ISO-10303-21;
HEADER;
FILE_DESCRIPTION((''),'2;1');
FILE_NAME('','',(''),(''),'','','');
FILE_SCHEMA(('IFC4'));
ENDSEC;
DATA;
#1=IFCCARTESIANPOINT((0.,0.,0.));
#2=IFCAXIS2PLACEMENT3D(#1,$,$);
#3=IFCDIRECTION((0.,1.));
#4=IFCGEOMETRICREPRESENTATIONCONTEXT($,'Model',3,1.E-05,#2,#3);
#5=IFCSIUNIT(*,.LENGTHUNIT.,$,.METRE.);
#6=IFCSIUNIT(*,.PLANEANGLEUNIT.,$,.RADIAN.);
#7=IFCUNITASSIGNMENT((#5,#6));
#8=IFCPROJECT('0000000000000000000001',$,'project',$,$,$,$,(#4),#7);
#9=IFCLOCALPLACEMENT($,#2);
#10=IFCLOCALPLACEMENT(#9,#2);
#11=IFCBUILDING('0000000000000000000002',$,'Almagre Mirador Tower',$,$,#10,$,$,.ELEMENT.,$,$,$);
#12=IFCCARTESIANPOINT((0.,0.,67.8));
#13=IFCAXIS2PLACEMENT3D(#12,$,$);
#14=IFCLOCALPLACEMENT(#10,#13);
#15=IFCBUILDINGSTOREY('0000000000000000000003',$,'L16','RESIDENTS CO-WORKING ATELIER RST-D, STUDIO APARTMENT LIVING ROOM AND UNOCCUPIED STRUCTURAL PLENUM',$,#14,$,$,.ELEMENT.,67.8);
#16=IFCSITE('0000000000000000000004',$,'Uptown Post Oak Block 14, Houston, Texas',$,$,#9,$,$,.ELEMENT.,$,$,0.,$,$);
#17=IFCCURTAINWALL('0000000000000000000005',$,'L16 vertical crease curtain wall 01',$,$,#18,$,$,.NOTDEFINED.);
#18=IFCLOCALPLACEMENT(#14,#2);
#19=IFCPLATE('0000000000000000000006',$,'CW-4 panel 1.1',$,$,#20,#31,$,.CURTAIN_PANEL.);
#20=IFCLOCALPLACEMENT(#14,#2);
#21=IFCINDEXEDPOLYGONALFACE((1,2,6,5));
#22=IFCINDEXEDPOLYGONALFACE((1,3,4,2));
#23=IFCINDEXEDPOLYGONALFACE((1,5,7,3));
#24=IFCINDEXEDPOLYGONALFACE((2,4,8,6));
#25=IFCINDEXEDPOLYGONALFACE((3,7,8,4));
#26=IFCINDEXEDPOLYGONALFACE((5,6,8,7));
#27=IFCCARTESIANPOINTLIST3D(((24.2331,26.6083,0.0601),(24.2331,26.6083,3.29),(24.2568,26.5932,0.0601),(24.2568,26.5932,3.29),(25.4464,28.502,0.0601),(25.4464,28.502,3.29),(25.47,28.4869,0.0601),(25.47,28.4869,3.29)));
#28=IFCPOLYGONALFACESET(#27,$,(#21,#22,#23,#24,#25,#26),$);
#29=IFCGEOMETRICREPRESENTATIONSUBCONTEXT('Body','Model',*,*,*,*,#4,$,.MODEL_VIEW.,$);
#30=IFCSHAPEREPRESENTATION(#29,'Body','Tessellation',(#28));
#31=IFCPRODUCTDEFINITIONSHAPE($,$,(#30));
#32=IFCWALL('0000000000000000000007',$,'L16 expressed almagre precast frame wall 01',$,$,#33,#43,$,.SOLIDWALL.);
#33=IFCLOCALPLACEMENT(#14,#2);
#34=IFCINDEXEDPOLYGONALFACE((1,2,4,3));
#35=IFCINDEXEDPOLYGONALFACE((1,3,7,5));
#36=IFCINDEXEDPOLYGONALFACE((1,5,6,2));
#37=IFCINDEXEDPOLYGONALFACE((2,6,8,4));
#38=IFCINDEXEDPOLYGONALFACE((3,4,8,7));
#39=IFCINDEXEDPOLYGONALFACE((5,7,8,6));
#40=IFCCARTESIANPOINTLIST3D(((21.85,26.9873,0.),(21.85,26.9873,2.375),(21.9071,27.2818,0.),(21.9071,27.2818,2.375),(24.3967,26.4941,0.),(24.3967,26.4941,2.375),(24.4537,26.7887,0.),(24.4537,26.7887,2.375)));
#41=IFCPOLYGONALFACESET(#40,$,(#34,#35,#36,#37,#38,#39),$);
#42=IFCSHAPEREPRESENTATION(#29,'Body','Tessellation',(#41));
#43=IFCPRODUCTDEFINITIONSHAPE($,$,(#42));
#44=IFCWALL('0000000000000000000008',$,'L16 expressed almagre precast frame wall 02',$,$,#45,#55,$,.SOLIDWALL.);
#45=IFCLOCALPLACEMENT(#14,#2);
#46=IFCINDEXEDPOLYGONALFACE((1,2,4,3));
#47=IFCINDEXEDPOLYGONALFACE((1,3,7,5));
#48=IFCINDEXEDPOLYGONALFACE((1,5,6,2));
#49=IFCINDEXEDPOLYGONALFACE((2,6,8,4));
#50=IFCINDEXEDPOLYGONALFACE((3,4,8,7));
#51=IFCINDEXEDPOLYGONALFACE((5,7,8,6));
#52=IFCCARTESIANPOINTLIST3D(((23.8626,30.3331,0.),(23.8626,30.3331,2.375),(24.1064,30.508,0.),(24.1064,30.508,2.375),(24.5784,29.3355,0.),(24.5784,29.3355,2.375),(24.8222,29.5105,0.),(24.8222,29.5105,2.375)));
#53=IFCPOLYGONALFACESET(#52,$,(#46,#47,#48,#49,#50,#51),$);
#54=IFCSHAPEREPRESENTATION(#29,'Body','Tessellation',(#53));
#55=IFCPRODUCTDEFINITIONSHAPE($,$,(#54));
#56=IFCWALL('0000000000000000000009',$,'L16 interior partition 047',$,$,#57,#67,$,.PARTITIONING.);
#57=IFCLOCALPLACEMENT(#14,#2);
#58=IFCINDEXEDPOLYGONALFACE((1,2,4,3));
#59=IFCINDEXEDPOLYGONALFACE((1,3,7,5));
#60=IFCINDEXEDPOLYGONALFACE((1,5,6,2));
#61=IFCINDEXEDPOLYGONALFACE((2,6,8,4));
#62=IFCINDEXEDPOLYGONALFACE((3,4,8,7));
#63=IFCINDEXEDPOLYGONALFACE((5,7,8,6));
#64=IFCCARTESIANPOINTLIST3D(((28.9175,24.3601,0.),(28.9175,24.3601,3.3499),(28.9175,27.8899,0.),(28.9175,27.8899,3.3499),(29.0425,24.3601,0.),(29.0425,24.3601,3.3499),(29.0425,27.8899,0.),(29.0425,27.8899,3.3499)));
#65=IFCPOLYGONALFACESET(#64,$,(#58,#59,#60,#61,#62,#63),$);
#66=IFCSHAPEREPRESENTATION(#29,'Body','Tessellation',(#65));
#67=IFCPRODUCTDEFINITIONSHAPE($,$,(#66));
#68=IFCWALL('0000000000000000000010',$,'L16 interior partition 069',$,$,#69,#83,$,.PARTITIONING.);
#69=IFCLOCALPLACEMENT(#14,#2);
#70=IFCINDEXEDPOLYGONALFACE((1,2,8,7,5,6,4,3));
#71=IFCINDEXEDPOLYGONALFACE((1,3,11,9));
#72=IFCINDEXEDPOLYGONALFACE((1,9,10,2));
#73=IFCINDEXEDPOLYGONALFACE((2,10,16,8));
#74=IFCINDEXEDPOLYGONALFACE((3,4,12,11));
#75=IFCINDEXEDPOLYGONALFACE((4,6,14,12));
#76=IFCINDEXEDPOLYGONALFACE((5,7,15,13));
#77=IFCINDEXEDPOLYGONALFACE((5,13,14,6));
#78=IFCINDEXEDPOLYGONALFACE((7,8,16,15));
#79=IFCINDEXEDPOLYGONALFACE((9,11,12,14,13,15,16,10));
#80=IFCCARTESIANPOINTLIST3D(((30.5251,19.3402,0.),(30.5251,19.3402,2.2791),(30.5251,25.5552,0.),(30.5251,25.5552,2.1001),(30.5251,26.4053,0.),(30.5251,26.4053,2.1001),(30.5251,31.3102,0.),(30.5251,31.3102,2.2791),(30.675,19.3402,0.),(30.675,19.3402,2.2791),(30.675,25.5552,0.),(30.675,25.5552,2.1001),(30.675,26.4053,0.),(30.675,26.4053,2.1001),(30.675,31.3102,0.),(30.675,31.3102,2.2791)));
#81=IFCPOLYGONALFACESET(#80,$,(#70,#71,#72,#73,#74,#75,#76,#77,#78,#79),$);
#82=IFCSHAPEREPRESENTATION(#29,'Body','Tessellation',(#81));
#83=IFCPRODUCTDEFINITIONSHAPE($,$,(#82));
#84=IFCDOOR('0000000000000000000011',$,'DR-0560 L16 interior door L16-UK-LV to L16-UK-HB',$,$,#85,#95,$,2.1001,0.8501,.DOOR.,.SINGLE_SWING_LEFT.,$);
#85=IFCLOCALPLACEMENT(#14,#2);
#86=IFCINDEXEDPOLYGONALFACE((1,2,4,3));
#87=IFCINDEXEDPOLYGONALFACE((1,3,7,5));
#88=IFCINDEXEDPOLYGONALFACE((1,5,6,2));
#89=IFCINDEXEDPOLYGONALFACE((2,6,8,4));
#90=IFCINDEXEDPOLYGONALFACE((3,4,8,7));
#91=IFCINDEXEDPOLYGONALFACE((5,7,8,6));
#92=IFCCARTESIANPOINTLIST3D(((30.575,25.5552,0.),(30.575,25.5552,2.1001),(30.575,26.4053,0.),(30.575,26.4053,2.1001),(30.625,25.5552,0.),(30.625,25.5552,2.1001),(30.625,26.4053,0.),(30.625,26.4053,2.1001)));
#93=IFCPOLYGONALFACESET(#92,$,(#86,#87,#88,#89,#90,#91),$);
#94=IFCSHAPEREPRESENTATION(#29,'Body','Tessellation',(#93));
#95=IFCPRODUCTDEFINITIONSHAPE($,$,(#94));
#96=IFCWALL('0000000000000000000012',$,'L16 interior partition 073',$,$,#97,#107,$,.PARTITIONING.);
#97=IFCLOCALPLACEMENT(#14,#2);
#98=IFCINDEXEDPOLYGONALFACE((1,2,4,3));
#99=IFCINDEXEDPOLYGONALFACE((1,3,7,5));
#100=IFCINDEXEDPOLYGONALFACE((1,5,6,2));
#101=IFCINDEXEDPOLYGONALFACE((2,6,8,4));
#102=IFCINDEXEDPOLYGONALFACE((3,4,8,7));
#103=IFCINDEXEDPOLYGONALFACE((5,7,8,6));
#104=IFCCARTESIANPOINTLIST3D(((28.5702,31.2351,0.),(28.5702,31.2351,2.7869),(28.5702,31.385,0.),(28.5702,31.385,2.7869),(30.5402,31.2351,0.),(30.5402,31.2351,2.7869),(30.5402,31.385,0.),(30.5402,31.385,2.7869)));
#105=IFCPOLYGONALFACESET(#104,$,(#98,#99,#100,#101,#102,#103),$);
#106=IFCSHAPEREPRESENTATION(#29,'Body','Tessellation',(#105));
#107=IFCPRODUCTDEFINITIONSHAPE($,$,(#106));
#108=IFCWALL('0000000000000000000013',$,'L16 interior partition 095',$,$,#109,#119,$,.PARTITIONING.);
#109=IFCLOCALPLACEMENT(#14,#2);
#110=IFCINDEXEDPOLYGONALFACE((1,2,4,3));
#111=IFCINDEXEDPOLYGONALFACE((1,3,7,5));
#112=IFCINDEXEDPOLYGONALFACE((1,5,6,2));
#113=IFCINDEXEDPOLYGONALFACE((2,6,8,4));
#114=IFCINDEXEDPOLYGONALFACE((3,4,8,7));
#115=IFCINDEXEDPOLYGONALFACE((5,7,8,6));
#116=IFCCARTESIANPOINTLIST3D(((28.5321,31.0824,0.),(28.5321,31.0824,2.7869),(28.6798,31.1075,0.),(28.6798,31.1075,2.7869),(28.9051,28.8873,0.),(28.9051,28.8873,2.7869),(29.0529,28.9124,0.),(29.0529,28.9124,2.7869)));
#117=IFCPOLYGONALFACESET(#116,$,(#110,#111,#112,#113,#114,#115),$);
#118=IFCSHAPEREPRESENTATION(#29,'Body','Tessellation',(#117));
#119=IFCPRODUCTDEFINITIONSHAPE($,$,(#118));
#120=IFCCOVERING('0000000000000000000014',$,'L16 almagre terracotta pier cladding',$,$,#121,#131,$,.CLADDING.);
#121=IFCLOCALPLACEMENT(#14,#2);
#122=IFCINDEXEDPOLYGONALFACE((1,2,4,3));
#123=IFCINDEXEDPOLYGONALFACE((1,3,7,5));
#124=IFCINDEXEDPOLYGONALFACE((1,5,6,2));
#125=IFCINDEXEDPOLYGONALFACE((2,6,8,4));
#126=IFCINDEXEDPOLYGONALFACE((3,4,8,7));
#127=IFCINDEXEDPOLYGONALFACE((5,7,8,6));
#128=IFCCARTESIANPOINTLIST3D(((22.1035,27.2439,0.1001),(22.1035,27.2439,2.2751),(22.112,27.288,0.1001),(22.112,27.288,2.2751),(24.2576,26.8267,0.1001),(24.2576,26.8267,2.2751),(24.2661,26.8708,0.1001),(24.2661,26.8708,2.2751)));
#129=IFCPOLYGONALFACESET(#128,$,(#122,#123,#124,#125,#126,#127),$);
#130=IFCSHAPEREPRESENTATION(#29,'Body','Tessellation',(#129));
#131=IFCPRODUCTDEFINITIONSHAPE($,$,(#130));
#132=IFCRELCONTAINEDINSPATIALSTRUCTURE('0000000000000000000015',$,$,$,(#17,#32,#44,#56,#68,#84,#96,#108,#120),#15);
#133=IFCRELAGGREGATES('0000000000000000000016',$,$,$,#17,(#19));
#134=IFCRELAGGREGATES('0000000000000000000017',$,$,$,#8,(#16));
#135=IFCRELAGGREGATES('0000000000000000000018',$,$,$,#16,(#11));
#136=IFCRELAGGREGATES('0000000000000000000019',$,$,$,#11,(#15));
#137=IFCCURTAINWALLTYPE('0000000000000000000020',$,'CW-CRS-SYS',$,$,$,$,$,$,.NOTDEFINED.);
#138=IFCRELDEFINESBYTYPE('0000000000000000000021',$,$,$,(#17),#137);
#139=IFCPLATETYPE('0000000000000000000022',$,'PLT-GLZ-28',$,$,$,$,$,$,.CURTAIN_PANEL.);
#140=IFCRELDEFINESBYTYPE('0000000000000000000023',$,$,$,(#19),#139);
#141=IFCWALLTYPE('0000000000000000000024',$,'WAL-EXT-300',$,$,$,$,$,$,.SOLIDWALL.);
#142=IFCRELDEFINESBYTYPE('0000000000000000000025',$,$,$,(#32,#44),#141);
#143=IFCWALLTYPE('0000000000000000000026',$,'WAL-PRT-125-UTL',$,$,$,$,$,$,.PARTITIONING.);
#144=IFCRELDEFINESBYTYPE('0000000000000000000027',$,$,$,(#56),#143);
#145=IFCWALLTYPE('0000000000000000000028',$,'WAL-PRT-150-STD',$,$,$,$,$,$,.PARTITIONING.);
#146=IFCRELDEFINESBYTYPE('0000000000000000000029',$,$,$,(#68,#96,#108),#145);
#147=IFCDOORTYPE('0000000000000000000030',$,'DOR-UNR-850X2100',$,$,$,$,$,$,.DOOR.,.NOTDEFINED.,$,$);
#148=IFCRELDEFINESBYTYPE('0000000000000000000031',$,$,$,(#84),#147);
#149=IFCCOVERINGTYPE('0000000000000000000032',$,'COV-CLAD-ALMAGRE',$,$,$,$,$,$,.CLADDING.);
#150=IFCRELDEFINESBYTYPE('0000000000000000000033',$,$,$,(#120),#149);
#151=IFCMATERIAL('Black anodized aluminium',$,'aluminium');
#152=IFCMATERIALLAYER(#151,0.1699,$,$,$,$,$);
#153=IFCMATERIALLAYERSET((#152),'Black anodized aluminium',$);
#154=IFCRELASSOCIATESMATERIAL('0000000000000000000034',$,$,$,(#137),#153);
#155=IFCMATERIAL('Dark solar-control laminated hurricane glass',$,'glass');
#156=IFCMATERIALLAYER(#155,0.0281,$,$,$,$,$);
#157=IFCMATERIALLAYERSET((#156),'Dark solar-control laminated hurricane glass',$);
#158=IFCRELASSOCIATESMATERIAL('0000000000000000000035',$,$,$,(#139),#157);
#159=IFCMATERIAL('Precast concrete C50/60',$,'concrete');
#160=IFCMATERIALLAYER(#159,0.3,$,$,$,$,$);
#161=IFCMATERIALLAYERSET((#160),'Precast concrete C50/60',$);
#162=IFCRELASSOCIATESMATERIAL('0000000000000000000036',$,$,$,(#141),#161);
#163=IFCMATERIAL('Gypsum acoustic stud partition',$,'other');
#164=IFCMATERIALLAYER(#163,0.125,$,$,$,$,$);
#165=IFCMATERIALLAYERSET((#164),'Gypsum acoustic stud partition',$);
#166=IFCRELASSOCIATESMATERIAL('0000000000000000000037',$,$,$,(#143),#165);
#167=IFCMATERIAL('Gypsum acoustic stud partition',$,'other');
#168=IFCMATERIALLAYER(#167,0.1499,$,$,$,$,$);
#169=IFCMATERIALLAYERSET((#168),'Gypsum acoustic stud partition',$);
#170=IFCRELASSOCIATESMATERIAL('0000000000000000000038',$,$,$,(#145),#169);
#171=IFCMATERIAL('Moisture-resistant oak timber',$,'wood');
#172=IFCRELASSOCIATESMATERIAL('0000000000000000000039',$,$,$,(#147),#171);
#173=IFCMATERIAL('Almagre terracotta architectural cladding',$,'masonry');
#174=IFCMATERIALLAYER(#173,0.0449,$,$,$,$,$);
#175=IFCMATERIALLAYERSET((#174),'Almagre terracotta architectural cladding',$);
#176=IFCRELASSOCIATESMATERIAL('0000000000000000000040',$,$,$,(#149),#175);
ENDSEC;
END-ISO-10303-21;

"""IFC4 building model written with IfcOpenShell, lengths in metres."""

from ifc_helpers import new_model, si_unit, direction, frame, frame_2d, origin, origin_2d, place, context, subcontext, project, spatial, rectangle, extrude, material, layer, layer_set, type_object, element, fill, aggregate, save


model = new_model("IFC4")

# Units and contexts
model_context = context("Model", 3, precision=1e-05, world=origin(), true_north=direction((0.0, 1.0)))
body_context = subcontext(model_context, "Body", "Model", "MODEL_VIEW")
ifc_project = project(units=[si_unit("LENGTHUNIT", "METRE"), si_unit("PLANEANGLEUNIT", "RADIAN")], contexts=[model_context])

# Site, building, storey
site_placement = place(None, origin())
site = spatial("IfcSite", under=ifc_project, at=site_placement, Name="Uptown Post Oak Block 14, Houston, Texas", CompositionType="ELEMENT", RefElevation=0.0)
building_placement = place(site_placement, origin())
building = spatial("IfcBuilding", under=site, at=building_placement, Name="Almagre Mirador Tower", CompositionType="ELEMENT")
storey_placement = place(building_placement, frame((0.0, 0.0, 67.8)))
storey = spatial("IfcBuildingStorey", under=building, at=storey_placement, Name="L16", Description="RESIDENTS CO-WORKING ATELIER RST-D, STUDIO APARTMENT LIVING ROOM AND UNOCCUPIED STRUCTURAL PLENUM", CompositionType="ELEMENT", Elevation=67.8)

# Curtain wall
ifc_material_1 = material(Name="Black anodized aluminium", Category="aluminium")
ifc_layer_1 = layer(ifc_material_1, 0.1699)
ifc_layer_set_1 = layer_set([ifc_layer_1], Name="Black anodized aluminium")
curtain_wall_type_1 = type_object("IfcCurtainWallType", Name="CW-CRS-SYS", PredefinedType="NOTDEFINED", material=ifc_layer_set_1)
curtain_wall_1_placement = place(storey_placement, origin())
curtain_wall_1 = element("IfcCurtainWall", 1, at=curtain_wall_1_placement, inside=storey, type_object=curtain_wall_type_1, Name="L16 vertical crease curtain wall 01", PredefinedType="NOTDEFINED")

# Plate
ifc_material_2 = material(Name="Dark solar-control laminated hurricane glass", Category="glass")
ifc_layer_2 = layer(ifc_material_2, 0.0281)
ifc_layer_set_2 = layer_set([ifc_layer_2], Name="Dark solar-control laminated hurricane glass")
plate_type = type_object("IfcPlateType", Name="PLT-GLZ-28", PredefinedType="CURTAIN_PANEL", material=ifc_layer_set_2)
plate_placement = place(storey_placement, frame((24.8516, 27.5476, 0.0601), z_axis=(0.0, 0.0, 1.0), x_axis=(0.539451, 0.842017, 0.0)))
plate = element("IfcPlate", 2, at=plate_placement, type_object=plate_type, Name="CW-4 panel 1.1", PredefinedType="CURTAIN_PANEL", context=body_context, shape_type="SweptSolid", body=[
    extrude(rectangle(XDim=2.249, YDim=0.0281, at=origin_2d()), origin(), (0.0, 0.0, 1.0), 3.23),
])
aggregate(curtain_wall_1, [plate])

# Walls
ifc_material_3 = material(Name="Precast concrete C50/60", Category="concrete")
ifc_layer_3 = layer(ifc_material_3, 0.3)
ifc_layer_set_3 = layer_set([ifc_layer_3], Name="Precast concrete C50/60")
wall_type_1 = type_object("IfcWallType", Name="WAL-EXT-300", PredefinedType="SOLIDWALL", material=ifc_layer_set_3)
wall_1_placement = place(storey_placement, frame((21.8787, 27.1345, 0.0), z_axis=(0.0, 0.0, 1.0), x_axis=(0.981761, -0.190121, 0.0)))
element("IfcWall", 3, at=wall_1_placement, inside=storey, type_object=wall_type_1, Name="L16 expressed almagre precast frame wall 01", PredefinedType="SOLIDWALL", context=body_context, shape_type="SweptSolid", body=[
    extrude(rectangle(XDim=2.594, YDim=0.3, at=frame_2d((1.2969, 0.0))), origin(), (0.0, 0.0, 1.0), 2.375),
])
wall_2_placement = place(storey_placement, frame((24.7002, 29.4231, 0.0), z_axis=(0.0, 0.0, 1.0), x_axis=(-0.583005, 0.812469, 0.0)))
element("IfcWall", 4, at=wall_2_placement, inside=storey, type_object=wall_type_1, Name="L16 expressed almagre precast frame wall 02", PredefinedType="SOLIDWALL", context=body_context, shape_type="SweptSolid", body=[
    extrude(rectangle(XDim=1.2278, YDim=0.3, at=frame_2d((0.6138, 0.0))), origin(), (0.0, 0.0, 1.0), 2.375),
])
ifc_material_4 = material(Name="Gypsum acoustic stud partition", Category="other")
ifc_layer_4 = layer(ifc_material_4, 0.125)
ifc_layer_set_4 = layer_set([ifc_layer_4], Name="Gypsum acoustic stud partition")
wall_type_2 = type_object("IfcWallType", Name="WAL-PRT-125-UTL", PredefinedType="PARTITIONING", material=ifc_layer_set_4)
wall_3_placement = place(storey_placement, frame((28.98, 27.8899, 0.0), z_axis=(0.0, 0.0, 1.0), x_axis=(0.0, -1.0, 0.0)))
element("IfcWall", 5, at=wall_3_placement, inside=storey, type_object=wall_type_2, Name="L16 interior partition 047", PredefinedType="PARTITIONING", context=body_context, shape_type="SweptSolid", body=[
    extrude(rectangle(XDim=3.5298, YDim=0.125, at=frame_2d((1.7649, 0.0))), origin(), (0.0, 0.0, 1.0), 3.3499),
])

# Wall, opening, door
ifc_material_5 = material(Name="Gypsum acoustic stud partition", Category="other")
ifc_layer_5 = layer(ifc_material_5, 0.1499)
ifc_layer_set_5 = layer_set([ifc_layer_5], Name="Gypsum acoustic stud partition")
wall_type_3 = type_object("IfcWallType", Name="WAL-PRT-150-STD", PredefinedType="PARTITIONING", material=ifc_layer_set_5)
wall_4_placement = place(storey_placement, frame((30.6001, 31.3101, 0.0), z_axis=(0.0, 0.0, 1.0), x_axis=(0.0, -1.0, 0.0)))
wall_4 = element("IfcWall", 6, at=wall_4_placement, inside=storey, type_object=wall_type_3, Name="L16 interior partition 069", PredefinedType="PARTITIONING", context=body_context, shape_type="SweptSolid", body=[
    extrude(rectangle(XDim=11.97, YDim=0.1499, at=frame_2d((5.9849, 0.0))), origin(), (0.0, 0.0, 1.0), 2.2791),
])
opening_placement = place(wall_4_placement, frame((4.9048, 0.0, 0.0)))
opening = element("IfcOpeningElement", 7, at=opening_placement, cuts=wall_4, PredefinedType="OPENING", context=body_context, shape_type="SweptSolid", body=[
    extrude(rectangle(XDim=0.8501, YDim=2.1001, at=frame_2d((0.425, 1.05))), frame((0.0, 0.085, 0.0), z_axis=(0.0, -1.0, 0.0), x_axis=(1.0, 0.0, 0.0)), (0.0, 0.0, 1.0), 0.1699),
])
ifc_material_6 = material(Name="Moisture-resistant oak timber", Category="wood")
door_type = type_object("IfcDoorType", Name="DOR-UNR-850X2100", OperationType="NOTDEFINED", PredefinedType="DOOR", material=ifc_material_6)
door_placement = place(opening_placement, origin())
door = element("IfcDoor", 8, at=door_placement, inside=storey, type_object=door_type, Name="DR-0560 L16 interior door L16-UK-LV to L16-UK-HB", OperationType="SINGLE_SWING_LEFT", OverallHeight=2.1001, OverallWidth=0.8501, PredefinedType="DOOR", context=body_context, shape_type="SweptSolid", body=[
    extrude(rectangle(XDim=0.8501, YDim=2.1001, at=frame_2d((0.425, 1.05))), frame((0.0, 0.0249, 0.0), z_axis=(0.0, -1.0, 0.0), x_axis=(1.0, 0.0, 0.0)), (0.0, 0.0, 1.0), 0.05),
])
fill(opening, door)

# Walls
wall_5_placement = place(storey_placement, frame((30.54, 31.3101, 0.0), z_axis=(0.0, 0.0, 1.0), x_axis=(-1.0, 0.0, 0.0)))
element("IfcWall", 9, at=wall_5_placement, inside=storey, type_object=wall_type_3, Name="L16 interior partition 073", PredefinedType="PARTITIONING", context=body_context, shape_type="SweptSolid", body=[
    extrude(rectangle(XDim=1.97, YDim=0.1499, at=frame_2d((0.9849, 0.0))), origin(), (0.0, 0.0, 1.0), 2.7869),
])
wall_6_placement = place(storey_placement, frame((28.606, 31.095, 0.0), z_axis=(0.0, 0.0, 1.0), x_axis=(0.167545, -0.985864, 0.0)))
element("IfcWall", 10, at=wall_6_placement, inside=storey, type_object=wall_type_3, Name="L16 interior partition 095", PredefinedType="PARTITIONING", context=body_context, shape_type="SweptSolid", body=[
    extrude(rectangle(XDim=2.2266, YDim=0.1499, at=frame_2d((1.1133, 0.0))), origin(), (0.0, 0.0, 1.0), 2.7869),
])

# Covering
ifc_material_7 = material(Name="Almagre terracotta architectural cladding", Category="masonry")
ifc_layer_6 = layer(ifc_material_7, 0.0449)
ifc_layer_set_6 = layer_set([ifc_layer_6], Name="Almagre terracotta architectural cladding")
covering_type = type_object("IfcCoveringType", Name="COV-CLAD-ALMAGRE", PredefinedType="CLADDING", material=ifc_layer_set_6)
covering_placement = place(storey_placement, frame((23.1848, 27.0574, 0.1001), z_axis=(0.0, 0.0, 1.0), x_axis=(0.98176, -0.190124, 0.0)))
element("IfcCovering", 11, at=covering_placement, inside=storey, type_object=covering_type, Name="L16 almagre terracotta pier cladding", PredefinedType="CLADDING", context=body_context, shape_type="SweptSolid", body=[
    extrude(rectangle(XDim=2.1941, YDim=0.0449, at=origin_2d()), origin(), (0.0, 0.0, 1.0), 2.175),
])

save(model, "model.ifc")
